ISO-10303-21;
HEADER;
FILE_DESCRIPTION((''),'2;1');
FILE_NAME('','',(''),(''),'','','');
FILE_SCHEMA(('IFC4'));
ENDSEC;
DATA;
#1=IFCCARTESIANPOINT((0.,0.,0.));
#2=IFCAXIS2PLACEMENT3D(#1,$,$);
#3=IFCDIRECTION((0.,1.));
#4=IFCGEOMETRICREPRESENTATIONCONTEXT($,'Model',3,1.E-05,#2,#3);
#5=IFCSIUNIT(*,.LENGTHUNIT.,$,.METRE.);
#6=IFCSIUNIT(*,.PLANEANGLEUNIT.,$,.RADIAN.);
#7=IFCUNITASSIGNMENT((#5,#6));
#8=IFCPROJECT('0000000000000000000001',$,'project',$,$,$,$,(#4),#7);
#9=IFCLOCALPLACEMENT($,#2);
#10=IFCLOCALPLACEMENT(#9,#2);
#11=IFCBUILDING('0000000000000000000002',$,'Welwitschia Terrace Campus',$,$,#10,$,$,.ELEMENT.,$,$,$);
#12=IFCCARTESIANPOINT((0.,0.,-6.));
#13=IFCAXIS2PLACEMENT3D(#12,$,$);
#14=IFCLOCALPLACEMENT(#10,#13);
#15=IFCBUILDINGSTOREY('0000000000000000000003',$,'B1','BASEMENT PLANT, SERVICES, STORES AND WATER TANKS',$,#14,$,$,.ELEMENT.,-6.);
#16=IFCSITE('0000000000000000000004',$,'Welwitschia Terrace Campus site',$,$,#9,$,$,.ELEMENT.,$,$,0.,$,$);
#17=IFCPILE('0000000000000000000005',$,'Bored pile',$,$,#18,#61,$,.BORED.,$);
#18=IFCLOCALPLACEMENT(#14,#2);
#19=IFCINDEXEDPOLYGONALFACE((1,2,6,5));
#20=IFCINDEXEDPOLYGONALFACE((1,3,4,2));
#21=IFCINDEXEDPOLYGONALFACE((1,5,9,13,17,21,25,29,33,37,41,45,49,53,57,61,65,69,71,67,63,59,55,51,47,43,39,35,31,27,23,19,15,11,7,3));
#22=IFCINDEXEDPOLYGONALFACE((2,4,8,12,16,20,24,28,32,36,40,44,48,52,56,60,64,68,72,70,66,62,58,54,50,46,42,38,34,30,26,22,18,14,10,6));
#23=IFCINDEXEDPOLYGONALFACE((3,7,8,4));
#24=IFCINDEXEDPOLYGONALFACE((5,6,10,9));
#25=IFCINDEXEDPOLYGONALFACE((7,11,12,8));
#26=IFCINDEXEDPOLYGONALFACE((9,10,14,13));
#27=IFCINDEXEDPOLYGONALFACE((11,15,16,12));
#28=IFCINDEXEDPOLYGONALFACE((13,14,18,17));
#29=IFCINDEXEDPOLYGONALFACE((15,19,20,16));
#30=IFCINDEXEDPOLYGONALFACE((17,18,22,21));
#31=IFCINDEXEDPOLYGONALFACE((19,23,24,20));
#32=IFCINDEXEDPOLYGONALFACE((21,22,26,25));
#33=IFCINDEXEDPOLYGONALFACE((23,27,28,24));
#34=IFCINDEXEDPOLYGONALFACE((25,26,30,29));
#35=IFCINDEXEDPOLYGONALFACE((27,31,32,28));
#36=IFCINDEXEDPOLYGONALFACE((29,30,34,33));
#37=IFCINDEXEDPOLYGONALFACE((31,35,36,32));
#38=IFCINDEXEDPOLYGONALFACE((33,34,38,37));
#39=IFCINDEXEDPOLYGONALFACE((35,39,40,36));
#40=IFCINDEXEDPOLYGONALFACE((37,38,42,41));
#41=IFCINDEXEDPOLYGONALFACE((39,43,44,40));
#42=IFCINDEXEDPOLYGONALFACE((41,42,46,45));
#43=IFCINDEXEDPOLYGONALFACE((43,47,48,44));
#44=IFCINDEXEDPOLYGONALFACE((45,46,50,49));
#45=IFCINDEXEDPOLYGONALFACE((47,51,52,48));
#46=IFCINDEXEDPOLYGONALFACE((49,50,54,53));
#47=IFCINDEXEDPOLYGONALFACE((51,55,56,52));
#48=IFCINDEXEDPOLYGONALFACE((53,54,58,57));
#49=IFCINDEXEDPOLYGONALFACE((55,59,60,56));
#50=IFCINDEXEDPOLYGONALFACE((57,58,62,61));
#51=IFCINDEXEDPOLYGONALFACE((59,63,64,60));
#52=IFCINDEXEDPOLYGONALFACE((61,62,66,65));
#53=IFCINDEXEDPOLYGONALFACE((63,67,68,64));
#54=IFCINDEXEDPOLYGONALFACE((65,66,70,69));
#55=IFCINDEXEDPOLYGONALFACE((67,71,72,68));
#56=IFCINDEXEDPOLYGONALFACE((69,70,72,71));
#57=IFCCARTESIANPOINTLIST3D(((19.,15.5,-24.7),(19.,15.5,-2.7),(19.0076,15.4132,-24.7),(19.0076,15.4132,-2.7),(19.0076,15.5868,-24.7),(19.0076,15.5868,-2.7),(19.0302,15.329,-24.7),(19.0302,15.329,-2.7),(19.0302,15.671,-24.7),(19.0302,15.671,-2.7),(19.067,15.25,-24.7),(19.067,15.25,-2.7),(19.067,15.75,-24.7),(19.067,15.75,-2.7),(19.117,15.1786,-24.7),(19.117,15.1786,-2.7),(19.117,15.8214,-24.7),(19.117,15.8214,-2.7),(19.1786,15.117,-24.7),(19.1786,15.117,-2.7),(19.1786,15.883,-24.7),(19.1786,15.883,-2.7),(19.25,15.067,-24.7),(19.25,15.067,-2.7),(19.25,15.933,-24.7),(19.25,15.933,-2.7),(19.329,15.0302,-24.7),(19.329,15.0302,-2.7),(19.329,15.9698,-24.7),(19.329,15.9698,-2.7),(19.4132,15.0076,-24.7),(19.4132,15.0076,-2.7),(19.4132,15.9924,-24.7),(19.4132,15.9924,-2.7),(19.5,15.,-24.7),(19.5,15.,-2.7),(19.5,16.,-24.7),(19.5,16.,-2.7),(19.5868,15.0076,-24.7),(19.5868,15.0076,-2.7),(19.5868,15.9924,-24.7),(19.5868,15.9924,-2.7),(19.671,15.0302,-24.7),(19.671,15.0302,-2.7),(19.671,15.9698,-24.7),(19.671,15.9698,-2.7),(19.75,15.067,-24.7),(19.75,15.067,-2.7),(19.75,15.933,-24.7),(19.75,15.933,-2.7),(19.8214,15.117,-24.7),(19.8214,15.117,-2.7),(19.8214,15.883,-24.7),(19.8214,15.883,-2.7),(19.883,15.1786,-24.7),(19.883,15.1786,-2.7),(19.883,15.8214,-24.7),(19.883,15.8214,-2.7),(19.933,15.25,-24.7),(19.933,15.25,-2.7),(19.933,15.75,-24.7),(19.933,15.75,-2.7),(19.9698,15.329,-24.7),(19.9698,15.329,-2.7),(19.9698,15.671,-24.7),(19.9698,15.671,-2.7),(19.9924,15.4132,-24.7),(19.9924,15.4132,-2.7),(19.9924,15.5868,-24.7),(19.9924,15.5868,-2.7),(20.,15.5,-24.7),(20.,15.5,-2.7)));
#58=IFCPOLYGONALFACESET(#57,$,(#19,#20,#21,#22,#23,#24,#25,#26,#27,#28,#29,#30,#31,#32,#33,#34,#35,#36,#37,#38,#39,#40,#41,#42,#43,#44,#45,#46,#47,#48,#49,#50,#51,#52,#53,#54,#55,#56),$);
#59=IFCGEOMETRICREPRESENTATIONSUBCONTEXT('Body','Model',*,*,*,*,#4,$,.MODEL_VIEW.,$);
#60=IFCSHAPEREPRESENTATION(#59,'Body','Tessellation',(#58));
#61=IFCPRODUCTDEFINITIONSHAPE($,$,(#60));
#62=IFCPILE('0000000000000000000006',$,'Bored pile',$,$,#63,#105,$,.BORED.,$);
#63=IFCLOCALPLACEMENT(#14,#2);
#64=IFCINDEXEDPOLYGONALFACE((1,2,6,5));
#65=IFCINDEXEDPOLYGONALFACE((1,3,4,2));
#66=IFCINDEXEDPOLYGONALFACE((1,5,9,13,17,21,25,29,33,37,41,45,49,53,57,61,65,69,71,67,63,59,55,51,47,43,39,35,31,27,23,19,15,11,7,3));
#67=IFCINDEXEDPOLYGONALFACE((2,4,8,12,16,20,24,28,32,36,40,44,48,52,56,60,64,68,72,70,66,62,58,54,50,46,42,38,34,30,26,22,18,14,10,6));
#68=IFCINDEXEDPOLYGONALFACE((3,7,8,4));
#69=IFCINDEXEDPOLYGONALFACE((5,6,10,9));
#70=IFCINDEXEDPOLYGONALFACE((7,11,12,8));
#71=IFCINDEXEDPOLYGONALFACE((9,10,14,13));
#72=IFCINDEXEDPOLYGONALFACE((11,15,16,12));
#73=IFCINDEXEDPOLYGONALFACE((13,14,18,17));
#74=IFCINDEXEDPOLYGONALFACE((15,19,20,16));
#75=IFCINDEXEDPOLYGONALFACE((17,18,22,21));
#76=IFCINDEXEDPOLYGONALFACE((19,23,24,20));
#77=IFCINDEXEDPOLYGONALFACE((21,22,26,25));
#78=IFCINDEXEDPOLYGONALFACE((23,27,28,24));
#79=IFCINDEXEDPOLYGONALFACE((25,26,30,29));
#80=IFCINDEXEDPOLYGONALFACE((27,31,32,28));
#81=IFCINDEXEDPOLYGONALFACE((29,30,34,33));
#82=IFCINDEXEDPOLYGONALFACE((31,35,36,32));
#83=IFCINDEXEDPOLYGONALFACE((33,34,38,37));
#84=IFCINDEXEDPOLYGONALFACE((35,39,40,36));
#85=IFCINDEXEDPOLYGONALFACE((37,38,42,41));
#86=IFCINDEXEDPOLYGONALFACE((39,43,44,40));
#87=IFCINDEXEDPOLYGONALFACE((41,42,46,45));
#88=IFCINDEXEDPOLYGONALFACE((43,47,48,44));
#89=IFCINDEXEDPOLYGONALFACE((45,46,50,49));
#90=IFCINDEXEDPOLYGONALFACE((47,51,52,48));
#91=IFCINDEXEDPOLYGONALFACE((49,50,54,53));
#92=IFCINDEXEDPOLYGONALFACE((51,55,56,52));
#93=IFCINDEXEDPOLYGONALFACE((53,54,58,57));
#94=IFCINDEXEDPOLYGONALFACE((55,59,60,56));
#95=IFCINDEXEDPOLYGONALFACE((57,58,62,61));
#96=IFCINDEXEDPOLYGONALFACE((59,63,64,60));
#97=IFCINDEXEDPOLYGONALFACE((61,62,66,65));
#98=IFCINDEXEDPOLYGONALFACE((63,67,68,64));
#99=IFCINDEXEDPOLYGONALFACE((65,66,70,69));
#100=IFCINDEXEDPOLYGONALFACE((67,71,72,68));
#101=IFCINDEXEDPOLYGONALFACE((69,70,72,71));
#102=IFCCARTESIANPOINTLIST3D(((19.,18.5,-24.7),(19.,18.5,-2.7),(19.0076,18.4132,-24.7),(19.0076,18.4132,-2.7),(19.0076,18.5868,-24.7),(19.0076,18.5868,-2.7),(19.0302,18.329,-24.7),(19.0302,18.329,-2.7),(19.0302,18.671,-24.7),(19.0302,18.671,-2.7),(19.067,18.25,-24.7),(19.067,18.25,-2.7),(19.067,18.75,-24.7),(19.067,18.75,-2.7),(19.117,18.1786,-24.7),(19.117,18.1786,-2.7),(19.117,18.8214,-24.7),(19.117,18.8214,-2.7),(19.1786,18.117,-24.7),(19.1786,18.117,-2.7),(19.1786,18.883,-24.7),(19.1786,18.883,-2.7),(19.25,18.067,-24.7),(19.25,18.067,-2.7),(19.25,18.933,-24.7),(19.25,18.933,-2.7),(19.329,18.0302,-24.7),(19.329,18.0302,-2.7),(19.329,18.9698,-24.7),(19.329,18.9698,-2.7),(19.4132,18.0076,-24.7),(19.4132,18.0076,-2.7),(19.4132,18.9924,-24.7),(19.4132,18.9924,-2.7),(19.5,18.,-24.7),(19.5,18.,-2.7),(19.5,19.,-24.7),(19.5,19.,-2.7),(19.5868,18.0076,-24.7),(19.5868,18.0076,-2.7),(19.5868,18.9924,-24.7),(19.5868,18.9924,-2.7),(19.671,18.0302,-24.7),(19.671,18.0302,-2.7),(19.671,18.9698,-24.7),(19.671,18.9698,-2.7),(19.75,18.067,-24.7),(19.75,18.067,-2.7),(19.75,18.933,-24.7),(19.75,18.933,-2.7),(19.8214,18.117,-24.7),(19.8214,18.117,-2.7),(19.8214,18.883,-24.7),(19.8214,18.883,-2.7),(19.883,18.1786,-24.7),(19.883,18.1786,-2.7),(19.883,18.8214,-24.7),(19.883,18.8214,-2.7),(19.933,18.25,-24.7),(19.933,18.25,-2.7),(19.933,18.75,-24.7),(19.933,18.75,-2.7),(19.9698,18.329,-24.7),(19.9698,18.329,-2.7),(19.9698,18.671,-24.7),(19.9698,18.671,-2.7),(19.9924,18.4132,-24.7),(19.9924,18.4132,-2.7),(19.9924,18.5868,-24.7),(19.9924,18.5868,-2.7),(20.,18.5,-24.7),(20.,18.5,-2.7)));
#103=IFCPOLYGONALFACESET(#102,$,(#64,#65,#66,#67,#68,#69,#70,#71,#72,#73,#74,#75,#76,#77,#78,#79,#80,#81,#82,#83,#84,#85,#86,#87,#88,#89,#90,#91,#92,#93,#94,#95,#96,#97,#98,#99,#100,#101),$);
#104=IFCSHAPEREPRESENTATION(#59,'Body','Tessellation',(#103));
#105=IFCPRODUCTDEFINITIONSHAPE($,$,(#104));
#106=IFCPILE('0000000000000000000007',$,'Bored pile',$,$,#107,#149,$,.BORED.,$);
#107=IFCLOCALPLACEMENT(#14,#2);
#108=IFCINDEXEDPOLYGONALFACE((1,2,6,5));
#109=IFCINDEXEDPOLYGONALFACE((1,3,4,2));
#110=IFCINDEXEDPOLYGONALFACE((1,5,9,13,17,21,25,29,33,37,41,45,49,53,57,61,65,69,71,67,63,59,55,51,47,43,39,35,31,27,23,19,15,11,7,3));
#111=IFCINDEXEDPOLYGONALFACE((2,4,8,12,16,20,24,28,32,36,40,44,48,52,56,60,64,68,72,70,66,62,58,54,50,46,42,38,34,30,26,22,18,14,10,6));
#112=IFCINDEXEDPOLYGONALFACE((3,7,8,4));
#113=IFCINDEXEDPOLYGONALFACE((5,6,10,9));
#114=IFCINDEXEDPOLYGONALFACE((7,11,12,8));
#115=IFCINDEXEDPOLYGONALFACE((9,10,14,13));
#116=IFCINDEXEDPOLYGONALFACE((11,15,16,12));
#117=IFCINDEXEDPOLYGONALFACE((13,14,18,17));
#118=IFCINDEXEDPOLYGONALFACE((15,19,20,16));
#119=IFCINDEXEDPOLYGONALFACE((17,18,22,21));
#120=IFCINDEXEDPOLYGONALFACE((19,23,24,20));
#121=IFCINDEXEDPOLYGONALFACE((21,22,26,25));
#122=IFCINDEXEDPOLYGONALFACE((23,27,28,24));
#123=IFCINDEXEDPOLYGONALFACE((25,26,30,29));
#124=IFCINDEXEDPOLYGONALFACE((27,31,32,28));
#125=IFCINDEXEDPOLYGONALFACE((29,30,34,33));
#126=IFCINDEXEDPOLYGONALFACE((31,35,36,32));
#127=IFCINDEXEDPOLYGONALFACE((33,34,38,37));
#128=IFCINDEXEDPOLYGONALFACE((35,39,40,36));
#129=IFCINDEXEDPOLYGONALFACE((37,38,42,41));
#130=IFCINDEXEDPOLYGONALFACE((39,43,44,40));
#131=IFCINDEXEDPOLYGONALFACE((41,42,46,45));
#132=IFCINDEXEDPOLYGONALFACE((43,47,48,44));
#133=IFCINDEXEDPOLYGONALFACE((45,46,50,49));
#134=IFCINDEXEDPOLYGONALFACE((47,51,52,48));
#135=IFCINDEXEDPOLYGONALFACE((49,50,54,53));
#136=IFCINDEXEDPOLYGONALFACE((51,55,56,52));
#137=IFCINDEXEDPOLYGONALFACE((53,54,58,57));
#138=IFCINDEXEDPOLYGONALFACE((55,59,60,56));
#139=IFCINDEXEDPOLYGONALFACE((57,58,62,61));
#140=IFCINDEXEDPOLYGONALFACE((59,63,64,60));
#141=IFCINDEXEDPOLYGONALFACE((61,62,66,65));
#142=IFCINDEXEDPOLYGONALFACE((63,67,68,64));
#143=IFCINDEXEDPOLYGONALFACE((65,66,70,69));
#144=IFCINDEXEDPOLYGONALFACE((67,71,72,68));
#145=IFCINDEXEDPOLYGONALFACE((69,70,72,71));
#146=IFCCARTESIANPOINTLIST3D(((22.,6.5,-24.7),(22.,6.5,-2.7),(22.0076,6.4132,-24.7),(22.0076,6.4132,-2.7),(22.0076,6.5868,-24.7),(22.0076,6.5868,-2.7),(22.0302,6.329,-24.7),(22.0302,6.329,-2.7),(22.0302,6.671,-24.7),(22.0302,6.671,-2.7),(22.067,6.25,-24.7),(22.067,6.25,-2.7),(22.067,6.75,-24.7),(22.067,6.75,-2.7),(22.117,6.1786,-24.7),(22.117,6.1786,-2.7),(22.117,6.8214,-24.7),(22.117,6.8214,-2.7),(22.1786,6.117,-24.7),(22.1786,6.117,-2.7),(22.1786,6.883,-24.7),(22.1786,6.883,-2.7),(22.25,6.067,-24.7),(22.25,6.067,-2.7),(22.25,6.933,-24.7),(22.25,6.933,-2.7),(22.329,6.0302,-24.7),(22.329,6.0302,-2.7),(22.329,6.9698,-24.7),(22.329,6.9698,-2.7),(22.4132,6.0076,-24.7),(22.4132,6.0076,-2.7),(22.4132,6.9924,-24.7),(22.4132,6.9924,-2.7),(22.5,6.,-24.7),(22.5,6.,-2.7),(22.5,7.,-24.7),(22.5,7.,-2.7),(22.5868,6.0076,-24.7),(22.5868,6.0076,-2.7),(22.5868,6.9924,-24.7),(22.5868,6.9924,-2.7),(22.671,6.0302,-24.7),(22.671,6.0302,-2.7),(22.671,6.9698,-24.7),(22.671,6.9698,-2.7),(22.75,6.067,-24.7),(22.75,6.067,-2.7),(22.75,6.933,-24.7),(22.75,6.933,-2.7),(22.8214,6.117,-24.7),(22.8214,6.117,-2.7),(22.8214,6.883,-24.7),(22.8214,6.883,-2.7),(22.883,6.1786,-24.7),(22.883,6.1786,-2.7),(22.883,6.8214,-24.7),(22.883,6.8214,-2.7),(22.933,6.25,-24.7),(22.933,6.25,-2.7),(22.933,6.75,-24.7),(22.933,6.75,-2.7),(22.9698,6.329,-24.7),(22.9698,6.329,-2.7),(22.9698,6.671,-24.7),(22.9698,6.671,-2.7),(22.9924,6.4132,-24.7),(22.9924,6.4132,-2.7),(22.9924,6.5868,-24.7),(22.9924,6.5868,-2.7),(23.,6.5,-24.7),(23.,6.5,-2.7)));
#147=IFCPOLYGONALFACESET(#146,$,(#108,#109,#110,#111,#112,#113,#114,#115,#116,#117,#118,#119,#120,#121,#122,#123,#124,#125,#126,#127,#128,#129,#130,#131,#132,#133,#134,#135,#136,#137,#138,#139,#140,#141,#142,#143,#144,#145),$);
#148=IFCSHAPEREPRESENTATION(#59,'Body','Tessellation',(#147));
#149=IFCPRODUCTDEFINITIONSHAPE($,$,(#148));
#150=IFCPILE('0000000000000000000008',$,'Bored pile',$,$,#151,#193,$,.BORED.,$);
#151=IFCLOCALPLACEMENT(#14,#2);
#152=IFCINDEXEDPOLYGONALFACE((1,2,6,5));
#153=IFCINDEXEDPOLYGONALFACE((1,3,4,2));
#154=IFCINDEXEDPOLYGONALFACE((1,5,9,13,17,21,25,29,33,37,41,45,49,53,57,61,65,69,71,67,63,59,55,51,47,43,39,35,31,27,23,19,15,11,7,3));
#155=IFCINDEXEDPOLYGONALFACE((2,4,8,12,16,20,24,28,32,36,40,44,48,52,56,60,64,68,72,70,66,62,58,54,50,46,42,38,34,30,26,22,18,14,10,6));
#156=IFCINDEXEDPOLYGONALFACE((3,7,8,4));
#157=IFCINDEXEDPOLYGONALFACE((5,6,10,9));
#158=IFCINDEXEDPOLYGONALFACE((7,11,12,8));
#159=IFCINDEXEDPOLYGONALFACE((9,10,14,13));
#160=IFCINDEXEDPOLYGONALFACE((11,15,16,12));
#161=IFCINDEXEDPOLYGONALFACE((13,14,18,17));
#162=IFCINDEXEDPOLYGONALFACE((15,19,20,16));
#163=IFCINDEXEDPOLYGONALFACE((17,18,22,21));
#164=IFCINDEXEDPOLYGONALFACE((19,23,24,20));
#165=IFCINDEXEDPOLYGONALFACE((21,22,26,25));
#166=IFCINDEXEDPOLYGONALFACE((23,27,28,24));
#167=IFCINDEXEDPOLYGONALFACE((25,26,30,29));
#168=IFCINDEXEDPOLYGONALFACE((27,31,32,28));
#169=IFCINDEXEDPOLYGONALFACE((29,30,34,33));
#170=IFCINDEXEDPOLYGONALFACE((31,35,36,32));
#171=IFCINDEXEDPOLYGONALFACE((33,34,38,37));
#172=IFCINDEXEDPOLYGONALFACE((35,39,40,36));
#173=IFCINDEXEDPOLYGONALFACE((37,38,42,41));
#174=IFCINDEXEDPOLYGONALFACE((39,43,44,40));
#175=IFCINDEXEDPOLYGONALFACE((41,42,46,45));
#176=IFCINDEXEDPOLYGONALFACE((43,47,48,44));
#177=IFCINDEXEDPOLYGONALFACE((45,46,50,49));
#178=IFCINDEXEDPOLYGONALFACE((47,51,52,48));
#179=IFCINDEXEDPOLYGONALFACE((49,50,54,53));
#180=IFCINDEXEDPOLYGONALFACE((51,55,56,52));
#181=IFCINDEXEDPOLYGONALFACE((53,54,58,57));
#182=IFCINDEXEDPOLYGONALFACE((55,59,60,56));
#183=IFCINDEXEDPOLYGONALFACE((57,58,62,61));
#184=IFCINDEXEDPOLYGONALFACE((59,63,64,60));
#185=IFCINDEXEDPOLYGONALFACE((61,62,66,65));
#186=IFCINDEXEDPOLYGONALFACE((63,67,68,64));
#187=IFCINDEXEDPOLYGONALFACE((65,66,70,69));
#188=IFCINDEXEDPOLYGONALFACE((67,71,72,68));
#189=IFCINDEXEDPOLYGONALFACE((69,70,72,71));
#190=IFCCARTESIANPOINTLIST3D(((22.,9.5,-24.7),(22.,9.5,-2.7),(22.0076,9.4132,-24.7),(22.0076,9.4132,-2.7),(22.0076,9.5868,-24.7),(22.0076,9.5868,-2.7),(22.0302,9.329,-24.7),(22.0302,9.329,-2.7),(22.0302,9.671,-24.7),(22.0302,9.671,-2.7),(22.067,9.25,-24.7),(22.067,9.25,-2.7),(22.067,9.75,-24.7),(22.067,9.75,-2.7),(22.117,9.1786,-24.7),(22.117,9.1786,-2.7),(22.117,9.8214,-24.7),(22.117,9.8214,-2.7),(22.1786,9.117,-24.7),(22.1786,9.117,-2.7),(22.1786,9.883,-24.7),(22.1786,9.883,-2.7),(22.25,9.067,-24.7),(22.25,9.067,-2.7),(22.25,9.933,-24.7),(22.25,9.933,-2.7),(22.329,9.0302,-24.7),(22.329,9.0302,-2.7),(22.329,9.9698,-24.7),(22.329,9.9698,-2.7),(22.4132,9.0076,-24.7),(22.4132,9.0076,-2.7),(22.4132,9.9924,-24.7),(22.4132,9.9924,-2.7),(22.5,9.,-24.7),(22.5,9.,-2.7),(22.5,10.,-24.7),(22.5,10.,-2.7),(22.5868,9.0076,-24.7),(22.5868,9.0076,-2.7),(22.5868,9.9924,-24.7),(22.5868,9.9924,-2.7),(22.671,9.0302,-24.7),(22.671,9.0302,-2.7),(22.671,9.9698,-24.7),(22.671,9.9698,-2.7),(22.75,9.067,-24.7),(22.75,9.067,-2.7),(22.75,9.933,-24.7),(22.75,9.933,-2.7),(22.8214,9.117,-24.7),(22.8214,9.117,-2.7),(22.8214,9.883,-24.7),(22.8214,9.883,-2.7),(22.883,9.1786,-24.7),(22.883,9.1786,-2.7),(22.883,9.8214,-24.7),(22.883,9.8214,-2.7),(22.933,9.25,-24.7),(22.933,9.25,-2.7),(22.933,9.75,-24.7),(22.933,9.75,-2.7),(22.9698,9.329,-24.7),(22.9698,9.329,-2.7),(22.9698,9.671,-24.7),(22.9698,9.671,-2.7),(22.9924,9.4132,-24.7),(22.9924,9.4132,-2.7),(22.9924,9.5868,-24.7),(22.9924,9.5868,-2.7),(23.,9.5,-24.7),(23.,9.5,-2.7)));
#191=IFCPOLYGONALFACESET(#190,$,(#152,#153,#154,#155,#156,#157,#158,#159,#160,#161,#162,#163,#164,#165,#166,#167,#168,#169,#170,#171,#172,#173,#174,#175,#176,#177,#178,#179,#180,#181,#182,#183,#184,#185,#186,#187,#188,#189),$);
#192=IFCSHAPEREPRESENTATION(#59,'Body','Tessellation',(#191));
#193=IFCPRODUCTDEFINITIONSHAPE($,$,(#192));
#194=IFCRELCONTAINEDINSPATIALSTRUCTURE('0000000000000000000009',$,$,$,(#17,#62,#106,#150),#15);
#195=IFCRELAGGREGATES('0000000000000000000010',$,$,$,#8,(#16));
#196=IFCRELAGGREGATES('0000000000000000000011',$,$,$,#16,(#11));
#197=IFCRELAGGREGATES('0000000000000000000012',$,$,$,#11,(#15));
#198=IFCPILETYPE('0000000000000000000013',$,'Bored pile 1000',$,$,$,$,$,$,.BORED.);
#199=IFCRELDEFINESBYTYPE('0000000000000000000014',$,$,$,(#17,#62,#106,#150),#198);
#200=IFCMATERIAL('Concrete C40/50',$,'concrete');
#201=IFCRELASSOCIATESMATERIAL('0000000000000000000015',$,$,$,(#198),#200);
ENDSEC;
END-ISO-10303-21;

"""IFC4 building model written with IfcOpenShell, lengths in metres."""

from ifc_helpers import new_model, si_unit, direction, frame, origin, origin_2d, place, context, subcontext, project, spatial, circle, extrude, material, type_object, element, save


model = new_model("IFC4")

# Units and contexts
model_context = context("Model", 3, precision=1e-05, world=origin(), true_north=direction((0.0, 1.0)))
body_context = subcontext(model_context, "Body", "Model", "MODEL_VIEW")
ifc_project = project(units=[si_unit("LENGTHUNIT", "METRE"), si_unit("PLANEANGLEUNIT", "RADIAN")], contexts=[model_context])

# Site, building, storey
site_placement = place(None, origin())
site = spatial("IfcSite", under=ifc_project, at=site_placement, Name="Welwitschia Terrace Campus site", CompositionType="ELEMENT", RefElevation=0.0)
building_placement = place(site_placement, origin())
building = spatial("IfcBuilding", under=site, at=building_placement, Name="Welwitschia Terrace Campus", CompositionType="ELEMENT")
storey_placement = place(building_placement, frame((0.0, 0.0, -6.0)))
storey = spatial("IfcBuildingStorey", under=building, at=storey_placement, Name="B1", Description="BASEMENT PLANT, SERVICES, STORES AND WATER TANKS", CompositionType="ELEMENT", Elevation=-6.0)

# Piles
ifc_material_1 = material(Name="Concrete C40/50", Category="concrete")
pile_type = type_object("IfcPileType", Name="Bored pile 1000", PredefinedType="BORED", material=ifc_material_1)
for number, where, z_axis, x_axis, name in (
    (1, (19.5, 15.5, -2.7), (0.0, 0.0, -1.0), (1.0, 0.0, 0.0), "Bored pile"),
    (2, (19.5, 18.5, -2.7), (0.0, 0.0, -1.0), (1.0, 0.0, 0.0), "Bored pile"),
    (3, (22.5, 6.5, -2.7), (0.0, 0.0, -1.0), (1.0, 0.0, 0.0), "Bored pile"),
    (4, (22.5, 9.5, -2.7), (0.0, 0.0, -1.0), (1.0, 0.0, 0.0), "Bored pile"),
):
    element("IfcPile", number, at=place(storey_placement, frame(where, z_axis=z_axis, x_axis=x_axis)), inside=storey, type_object=pile_type, Name=name, PredefinedType="BORED", context=body_context, shape_type="SweptSolid", body=[
        extrude(circle(Radius=0.5, at=origin_2d()), origin(), (0.0, 0.0, 1.0), 22.0),
    ])

save(model, "model.ifc")
